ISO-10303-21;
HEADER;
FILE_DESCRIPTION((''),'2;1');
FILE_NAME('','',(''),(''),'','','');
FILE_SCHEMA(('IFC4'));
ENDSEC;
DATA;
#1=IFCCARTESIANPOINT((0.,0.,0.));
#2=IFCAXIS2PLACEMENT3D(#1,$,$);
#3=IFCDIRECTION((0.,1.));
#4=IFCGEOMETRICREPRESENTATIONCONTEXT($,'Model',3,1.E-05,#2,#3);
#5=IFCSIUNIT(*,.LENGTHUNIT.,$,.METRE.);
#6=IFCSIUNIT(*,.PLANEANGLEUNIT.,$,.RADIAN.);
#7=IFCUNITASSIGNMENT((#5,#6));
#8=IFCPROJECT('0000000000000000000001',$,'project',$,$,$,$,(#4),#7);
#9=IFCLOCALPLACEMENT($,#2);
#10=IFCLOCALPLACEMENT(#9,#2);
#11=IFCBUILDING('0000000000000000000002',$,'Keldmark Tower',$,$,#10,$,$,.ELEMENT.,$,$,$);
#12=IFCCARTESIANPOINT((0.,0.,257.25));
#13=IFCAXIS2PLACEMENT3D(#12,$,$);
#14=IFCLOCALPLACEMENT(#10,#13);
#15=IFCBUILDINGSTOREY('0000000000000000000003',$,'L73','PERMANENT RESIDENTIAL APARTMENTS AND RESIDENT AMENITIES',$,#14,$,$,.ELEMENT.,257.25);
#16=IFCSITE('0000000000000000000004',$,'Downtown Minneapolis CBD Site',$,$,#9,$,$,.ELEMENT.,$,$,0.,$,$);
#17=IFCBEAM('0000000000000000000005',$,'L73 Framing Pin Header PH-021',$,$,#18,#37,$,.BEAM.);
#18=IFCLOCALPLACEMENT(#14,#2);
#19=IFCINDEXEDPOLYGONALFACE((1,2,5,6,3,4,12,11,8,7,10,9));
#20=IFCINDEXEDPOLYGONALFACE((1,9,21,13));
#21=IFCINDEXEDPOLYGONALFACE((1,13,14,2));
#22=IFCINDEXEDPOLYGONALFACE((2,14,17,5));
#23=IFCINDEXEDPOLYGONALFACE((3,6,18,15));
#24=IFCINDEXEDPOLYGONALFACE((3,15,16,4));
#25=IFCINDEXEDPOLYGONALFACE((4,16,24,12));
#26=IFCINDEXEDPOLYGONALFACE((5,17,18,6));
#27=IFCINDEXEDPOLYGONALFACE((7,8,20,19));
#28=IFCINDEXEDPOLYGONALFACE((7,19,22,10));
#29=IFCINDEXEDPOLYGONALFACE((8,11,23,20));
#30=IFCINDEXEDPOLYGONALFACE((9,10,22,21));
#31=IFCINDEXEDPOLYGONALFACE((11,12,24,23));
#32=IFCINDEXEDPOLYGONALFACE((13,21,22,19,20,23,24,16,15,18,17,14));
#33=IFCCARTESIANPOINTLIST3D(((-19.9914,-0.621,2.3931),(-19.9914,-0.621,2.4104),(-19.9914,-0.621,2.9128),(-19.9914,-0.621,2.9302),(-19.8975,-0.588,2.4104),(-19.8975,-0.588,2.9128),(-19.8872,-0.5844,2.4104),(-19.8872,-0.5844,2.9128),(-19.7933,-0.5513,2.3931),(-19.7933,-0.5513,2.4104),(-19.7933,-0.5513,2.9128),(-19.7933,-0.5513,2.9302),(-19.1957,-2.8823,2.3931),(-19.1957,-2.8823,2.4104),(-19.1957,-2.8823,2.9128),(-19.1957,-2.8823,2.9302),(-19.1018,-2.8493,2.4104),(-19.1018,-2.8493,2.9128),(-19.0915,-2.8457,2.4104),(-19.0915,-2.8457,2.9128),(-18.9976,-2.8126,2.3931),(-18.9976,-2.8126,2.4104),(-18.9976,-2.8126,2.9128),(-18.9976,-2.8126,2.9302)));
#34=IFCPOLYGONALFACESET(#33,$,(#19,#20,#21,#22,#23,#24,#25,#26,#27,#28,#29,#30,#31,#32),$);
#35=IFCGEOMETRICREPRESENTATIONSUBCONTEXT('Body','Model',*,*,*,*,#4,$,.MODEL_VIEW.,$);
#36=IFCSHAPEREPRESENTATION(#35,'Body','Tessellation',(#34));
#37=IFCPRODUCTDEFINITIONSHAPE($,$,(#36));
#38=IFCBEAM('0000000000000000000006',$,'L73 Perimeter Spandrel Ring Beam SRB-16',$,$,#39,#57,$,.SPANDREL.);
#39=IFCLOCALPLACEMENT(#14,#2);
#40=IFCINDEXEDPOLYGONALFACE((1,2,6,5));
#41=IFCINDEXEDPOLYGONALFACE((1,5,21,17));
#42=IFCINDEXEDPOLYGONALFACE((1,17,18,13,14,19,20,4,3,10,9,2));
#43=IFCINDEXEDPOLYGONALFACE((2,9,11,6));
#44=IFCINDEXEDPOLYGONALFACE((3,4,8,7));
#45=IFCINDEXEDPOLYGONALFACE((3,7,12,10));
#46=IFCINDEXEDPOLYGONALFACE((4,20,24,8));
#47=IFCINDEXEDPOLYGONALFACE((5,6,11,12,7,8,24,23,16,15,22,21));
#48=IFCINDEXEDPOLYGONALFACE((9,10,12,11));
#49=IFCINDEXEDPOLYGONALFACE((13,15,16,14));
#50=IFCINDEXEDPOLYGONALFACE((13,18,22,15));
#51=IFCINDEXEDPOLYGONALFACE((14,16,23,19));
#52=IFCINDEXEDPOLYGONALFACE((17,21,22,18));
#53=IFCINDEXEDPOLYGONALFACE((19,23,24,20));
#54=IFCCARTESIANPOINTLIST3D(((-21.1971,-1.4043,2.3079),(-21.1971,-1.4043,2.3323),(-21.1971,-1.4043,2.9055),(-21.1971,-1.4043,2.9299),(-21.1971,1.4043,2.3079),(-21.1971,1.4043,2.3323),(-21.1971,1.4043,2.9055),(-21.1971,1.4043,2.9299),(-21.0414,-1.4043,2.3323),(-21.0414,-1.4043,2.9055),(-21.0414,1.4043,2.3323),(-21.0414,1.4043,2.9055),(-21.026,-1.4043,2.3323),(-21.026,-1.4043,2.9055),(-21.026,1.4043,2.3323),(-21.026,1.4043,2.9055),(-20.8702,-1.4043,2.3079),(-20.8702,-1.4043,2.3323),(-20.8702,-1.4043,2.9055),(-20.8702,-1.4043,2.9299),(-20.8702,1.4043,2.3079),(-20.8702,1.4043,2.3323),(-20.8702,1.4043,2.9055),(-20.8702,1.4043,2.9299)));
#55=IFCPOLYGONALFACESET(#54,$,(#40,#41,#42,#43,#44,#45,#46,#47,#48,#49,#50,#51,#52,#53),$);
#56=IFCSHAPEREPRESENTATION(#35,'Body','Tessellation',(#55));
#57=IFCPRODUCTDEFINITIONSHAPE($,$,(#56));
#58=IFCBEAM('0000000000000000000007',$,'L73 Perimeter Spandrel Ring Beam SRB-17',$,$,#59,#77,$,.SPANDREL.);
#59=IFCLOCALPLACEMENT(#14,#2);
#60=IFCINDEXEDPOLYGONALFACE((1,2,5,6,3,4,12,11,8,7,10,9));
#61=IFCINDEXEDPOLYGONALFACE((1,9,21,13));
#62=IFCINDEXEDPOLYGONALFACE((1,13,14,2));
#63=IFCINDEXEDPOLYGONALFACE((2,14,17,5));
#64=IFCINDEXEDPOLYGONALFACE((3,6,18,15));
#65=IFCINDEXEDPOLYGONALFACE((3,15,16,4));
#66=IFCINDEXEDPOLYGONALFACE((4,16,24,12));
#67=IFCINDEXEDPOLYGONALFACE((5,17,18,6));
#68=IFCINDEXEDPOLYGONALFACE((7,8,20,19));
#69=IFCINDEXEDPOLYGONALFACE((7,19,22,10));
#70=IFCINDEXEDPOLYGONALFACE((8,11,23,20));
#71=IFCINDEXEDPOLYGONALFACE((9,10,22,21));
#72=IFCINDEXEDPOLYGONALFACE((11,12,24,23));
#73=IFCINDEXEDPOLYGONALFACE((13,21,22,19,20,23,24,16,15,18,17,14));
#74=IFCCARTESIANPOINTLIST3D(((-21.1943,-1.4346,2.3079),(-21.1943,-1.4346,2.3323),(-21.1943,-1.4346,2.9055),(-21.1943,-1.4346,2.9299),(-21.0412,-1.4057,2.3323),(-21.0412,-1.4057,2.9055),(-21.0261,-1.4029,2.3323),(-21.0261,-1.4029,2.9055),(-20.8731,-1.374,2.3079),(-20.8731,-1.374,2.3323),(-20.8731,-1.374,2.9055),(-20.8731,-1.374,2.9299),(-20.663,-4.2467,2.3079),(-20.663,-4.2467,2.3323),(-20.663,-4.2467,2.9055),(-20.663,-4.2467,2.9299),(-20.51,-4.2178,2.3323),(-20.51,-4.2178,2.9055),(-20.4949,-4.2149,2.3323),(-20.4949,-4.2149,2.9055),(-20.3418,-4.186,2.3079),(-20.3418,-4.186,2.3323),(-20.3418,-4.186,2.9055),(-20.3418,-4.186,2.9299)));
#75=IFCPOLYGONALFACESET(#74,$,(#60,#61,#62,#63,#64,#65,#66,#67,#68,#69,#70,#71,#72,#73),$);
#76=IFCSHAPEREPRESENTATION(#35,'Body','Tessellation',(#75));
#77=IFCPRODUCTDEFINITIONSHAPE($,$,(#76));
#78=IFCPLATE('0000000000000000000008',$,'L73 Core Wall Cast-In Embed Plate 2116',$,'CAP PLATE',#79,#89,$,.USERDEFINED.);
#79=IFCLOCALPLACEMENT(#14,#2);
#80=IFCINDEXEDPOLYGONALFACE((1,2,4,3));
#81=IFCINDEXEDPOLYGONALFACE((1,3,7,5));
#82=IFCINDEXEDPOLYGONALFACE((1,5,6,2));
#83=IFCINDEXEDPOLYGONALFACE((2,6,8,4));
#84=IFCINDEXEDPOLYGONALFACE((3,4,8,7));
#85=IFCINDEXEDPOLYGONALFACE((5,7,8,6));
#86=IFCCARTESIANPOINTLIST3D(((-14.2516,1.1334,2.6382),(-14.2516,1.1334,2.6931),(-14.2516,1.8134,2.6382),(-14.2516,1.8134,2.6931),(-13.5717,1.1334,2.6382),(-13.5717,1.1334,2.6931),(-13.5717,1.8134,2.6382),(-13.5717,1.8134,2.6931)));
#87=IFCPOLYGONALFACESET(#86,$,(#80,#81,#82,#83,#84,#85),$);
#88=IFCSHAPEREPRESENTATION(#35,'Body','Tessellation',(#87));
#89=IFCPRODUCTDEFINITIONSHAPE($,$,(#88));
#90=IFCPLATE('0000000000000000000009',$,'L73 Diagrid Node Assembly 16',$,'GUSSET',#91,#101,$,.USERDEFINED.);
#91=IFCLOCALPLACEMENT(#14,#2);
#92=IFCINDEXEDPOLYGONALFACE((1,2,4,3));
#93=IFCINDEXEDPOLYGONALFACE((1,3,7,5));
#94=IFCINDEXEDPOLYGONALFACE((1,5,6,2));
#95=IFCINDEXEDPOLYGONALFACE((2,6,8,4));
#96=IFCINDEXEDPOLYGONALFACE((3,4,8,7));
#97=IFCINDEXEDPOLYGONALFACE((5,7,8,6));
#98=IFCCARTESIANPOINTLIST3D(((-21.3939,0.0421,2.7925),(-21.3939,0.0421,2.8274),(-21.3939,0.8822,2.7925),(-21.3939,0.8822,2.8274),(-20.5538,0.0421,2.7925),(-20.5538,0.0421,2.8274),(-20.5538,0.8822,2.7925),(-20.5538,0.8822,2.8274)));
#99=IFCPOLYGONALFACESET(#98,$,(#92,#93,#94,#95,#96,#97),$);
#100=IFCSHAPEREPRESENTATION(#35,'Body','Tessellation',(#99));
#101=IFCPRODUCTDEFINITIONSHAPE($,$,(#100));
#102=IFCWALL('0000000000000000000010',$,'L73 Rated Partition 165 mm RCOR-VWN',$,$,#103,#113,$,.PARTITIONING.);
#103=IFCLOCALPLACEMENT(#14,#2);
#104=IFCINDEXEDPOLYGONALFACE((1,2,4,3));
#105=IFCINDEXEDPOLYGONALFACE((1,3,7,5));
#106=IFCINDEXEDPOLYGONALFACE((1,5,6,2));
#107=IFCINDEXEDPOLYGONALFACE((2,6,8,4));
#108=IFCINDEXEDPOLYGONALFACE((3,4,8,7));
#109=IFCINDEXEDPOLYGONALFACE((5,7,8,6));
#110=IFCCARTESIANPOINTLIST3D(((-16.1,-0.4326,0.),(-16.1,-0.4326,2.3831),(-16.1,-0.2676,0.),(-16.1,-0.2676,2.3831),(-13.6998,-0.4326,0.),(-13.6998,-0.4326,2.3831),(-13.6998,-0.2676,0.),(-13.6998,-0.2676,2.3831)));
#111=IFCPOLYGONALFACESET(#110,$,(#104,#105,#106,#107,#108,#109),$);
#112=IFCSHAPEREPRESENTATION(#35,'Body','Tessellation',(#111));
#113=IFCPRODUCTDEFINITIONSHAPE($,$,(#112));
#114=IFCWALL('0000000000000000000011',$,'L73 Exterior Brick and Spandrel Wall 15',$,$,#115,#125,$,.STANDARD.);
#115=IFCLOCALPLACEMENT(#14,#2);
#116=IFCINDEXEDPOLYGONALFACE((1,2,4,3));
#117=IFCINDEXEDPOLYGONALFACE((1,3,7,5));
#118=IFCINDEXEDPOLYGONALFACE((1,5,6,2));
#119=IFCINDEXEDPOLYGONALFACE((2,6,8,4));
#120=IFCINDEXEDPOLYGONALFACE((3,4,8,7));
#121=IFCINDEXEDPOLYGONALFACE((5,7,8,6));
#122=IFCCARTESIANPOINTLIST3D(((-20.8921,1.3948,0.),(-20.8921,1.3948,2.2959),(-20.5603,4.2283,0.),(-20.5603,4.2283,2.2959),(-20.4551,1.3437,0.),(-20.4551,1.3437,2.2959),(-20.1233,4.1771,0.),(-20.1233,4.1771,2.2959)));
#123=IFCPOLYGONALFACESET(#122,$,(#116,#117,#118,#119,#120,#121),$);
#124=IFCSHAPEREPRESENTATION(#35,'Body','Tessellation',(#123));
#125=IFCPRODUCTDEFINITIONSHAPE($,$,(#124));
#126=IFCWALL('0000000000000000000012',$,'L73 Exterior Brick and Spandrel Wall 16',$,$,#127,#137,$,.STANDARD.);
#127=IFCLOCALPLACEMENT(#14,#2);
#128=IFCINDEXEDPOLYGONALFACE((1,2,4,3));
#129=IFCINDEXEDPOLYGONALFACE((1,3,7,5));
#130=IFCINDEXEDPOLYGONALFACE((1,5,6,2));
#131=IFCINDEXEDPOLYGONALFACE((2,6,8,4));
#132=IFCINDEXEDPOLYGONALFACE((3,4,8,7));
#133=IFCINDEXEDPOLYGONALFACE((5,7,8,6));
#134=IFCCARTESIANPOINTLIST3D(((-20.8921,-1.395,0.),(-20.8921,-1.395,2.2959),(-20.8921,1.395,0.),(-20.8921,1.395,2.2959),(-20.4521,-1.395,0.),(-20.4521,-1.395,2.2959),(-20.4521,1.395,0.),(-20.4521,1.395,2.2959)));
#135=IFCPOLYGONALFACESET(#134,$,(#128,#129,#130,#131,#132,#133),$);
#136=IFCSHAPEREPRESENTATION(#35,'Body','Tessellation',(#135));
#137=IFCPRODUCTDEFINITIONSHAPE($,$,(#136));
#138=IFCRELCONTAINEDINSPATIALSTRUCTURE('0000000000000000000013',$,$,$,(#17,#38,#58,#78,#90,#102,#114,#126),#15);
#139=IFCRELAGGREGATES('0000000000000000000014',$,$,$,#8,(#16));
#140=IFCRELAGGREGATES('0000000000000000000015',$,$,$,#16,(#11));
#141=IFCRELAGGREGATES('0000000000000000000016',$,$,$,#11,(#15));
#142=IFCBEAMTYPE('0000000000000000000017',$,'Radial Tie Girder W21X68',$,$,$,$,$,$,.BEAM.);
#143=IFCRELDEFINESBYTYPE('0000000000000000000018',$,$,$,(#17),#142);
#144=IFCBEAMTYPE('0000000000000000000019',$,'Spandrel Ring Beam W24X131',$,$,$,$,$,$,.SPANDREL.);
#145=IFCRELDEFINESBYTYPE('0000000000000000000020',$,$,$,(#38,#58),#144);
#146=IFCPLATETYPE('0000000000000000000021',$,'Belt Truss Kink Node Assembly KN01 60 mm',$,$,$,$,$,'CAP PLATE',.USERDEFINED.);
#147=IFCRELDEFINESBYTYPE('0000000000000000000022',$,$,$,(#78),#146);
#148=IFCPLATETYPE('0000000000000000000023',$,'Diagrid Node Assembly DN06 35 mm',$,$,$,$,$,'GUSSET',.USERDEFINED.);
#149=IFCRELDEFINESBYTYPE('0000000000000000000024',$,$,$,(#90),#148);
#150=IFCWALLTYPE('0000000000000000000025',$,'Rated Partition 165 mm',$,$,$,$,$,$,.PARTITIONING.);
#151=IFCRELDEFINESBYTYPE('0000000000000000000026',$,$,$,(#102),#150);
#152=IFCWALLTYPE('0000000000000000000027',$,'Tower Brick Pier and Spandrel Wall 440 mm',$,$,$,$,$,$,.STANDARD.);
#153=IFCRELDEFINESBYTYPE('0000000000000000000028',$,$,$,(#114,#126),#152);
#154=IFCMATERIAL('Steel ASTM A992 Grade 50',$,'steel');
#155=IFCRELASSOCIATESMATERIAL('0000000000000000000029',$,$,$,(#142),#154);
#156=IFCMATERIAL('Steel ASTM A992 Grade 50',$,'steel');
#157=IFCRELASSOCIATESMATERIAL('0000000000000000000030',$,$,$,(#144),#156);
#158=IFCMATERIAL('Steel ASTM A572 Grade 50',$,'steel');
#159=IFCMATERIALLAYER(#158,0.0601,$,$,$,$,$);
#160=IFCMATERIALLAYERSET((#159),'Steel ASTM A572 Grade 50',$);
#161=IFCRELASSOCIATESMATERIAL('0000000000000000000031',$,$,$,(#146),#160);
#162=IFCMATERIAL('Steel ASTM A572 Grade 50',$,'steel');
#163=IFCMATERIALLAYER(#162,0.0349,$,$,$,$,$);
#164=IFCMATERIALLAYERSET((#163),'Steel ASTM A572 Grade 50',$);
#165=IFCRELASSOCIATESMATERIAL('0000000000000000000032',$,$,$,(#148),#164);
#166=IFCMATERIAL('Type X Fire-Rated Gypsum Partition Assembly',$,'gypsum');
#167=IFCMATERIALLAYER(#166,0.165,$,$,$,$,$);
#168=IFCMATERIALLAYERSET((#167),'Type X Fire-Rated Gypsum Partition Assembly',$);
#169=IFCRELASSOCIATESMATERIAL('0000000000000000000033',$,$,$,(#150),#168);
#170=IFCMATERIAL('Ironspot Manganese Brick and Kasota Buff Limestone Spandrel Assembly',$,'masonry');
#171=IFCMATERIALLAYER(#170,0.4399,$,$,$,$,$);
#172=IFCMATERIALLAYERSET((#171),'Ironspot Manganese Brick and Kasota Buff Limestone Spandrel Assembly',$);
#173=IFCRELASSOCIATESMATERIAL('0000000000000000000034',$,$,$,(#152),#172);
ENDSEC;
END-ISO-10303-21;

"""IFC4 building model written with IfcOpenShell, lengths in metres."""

from ifc_helpers import new_model, si_unit, direction, frame, frame_2d, origin, origin_2d, place, context, subcontext, project, spatial, rectangle, i_section, extrude, material, layer, layer_set, material_profile, profile_set, type_object, element, save


model = new_model("IFC4")

# Units and contexts
model_context = context("Model", 3, precision=1e-05, world=origin(), true_north=direction((0.0, 1.0)))
body_context = subcontext(model_context, "Body", "Model", "MODEL_VIEW")
ifc_project = project(units=[si_unit("LENGTHUNIT", "METRE"), si_unit("PLANEANGLEUNIT", "RADIAN")], contexts=[model_context])

# Site, building, storey
site_placement = place(None, origin())
site = spatial("IfcSite", under=ifc_project, at=site_placement, Name="Downtown Minneapolis CBD Site", CompositionType="ELEMENT", RefElevation=0.0)
building_placement = place(site_placement, origin())
building = spatial("IfcBuilding", under=site, at=building_placement, Name="Keldmark Tower", CompositionType="ELEMENT")
storey_placement = place(building_placement, frame((0.0, 0.0, 257.25)))
storey = spatial("IfcBuildingStorey", under=building, at=storey_placement, Name="L73", Description="PERMANENT RESIDENTIAL APARTMENTS AND RESIDENT AMENITIES", CompositionType="ELEMENT", Elevation=257.25)

# Beams
ifc_material_1 = material(Name="Steel ASTM A992 Grade 50", Category="steel")
ifc_material_profile_1 = material_profile(ifc_material_1, i_section(OverallWidth=0.21, OverallDepth=0.5371, WebThickness=0.011, FlangeThickness=0.0173, at=origin_2d()), Name="W21X68")
ifc_profile_set_1 = profile_set([ifc_material_profile_1], Name="Steel ASTM A992 Grade 50")
beam_type_1 = type_object("IfcBeamType", Name="Radial Tie Girder W21X68", PredefinedType="BEAM", material=ifc_profile_set_1)
beam_1_placement = place(storey_placement, frame((-19.8923, -0.5862, 2.6616), z_axis=(0.33192, -0.943308, 0.0), x_axis=(0.943308, 0.33192, 0.0)))
element("IfcBeam", 1, at=beam_1_placement, inside=storey, type_object=beam_type_1, Name="L73 Framing Pin Header PH-021", PredefinedType="BEAM", context=body_context, shape_type="SweptSolid", body=[
    extrude(i_section(OverallWidth=0.21, OverallDepth=0.5371, WebThickness=0.011, FlangeThickness=0.0173, at=origin_2d()), origin(), (0.0, 0.0, 1.0), 2.3972),
])
ifc_material_2 = material(Name="Steel ASTM A992 Grade 50", Category="steel")
ifc_material_profile_2 = material_profile(ifc_material_2, i_section(OverallWidth=0.3269, OverallDepth=0.6221, WebThickness=0.0154, FlangeThickness=0.0244, at=origin_2d()), Name="W24X131")
ifc_profile_set_2 = profile_set([ifc_material_profile_2], Name="Steel ASTM A992 Grade 50")
beam_type_2 = type_object("IfcBeamType", Name="Spandrel Ring Beam W24X131", PredefinedType="SPANDREL", material=ifc_profile_set_2)
beam_2_placement = place(storey_placement, frame((-21.0337, 1.4043, 2.6189), z_axis=(0.0, -1.0, 0.0), x_axis=(1.0, 0.0, 0.0)))
element("IfcBeam", 2, at=beam_2_placement, inside=storey, type_object=beam_type_2, Name="L73 Perimeter Spandrel Ring Beam SRB-16", PredefinedType="SPANDREL", context=body_context, shape_type="SweptSolid", body=[
    extrude(i_section(OverallWidth=0.3269, OverallDepth=0.6221, WebThickness=0.0154, FlangeThickness=0.0244, at=origin_2d()), origin(), (0.0, 0.0, 1.0), 2.8086),
])
beam_3_placement = place(storey_placement, frame((-21.0337, -1.4043, 2.6189), z_axis=(0.185638, -0.982618, 0.0), x_axis=(0.982618, 0.185638, 0.0)))
element("IfcBeam", 3, at=beam_3_placement, inside=storey, type_object=beam_type_2, Name="L73 Perimeter Spandrel Ring Beam SRB-17", PredefinedType="SPANDREL", context=body_context, shape_type="SweptSolid", body=[
    extrude(i_section(OverallWidth=0.3269, OverallDepth=0.6221, WebThickness=0.0154, FlangeThickness=0.0244, at=origin_2d()), origin(), (0.0, 0.0, 1.0), 2.8618),
])

# Plates
ifc_material_3 = material(Name="Steel ASTM A572 Grade 50", Category="steel")
ifc_layer_1 = layer(ifc_material_3, 0.0601)
ifc_layer_set_1 = layer_set([ifc_layer_1], Name="Steel ASTM A572 Grade 50")
plate_type_1 = type_object("IfcPlateType", Name="Belt Truss Kink Node Assembly KN01 60 mm", ElementType="CAP PLATE", PredefinedType="USERDEFINED", material=ifc_layer_set_1)
plate_1_placement = place(storey_placement, frame((-13.9116, 1.4734, 2.6382), z_axis=(0.0, 0.0, 1.0), x_axis=(1.0, 0.0, 0.0)))
element("IfcPlate", 4, at=plate_1_placement, inside=storey, type_object=plate_type_1, Name="L73 Core Wall Cast-In Embed Plate 2116", ObjectType="CAP PLATE", PredefinedType="USERDEFINED", context=body_context, shape_type="SweptSolid", body=[
    extrude(rectangle(XDim=0.6799, YDim=0.6799, at=origin_2d()), origin(), (0.0, 0.0, 1.0), 0.0549),
])
ifc_material_4 = material(Name="Steel ASTM A572 Grade 50", Category="steel")
ifc_layer_2 = layer(ifc_material_4, 0.0349)
ifc_layer_set_2 = layer_set([ifc_layer_2], Name="Steel ASTM A572 Grade 50")
plate_type_2 = type_object("IfcPlateType", Name="Diagrid Node Assembly DN06 35 mm", ElementType="GUSSET", PredefinedType="USERDEFINED", material=ifc_layer_set_2)
plate_2_placement = place(storey_placement, frame((-20.9739, 0.4622, 2.7925), z_axis=(0.0, 0.0, 1.0), x_axis=(0.0, -1.0, 0.0)))
element("IfcPlate", 5, at=plate_2_placement, inside=storey, type_object=plate_type_2, Name="L73 Diagrid Node Assembly 16", ObjectType="GUSSET", PredefinedType="USERDEFINED", context=body_context, shape_type="SweptSolid", body=[
    extrude(rectangle(XDim=0.8401, YDim=0.8401, at=origin_2d()), origin(), (0.0, 0.0, 1.0), 0.0349),
])

# Walls
ifc_material_5 = material(Name="Type X Fire-Rated Gypsum Partition Assembly", Category="gypsum")
ifc_layer_3 = layer(ifc_material_5, 0.165)
ifc_layer_set_3 = layer_set([ifc_layer_3], Name="Type X Fire-Rated Gypsum Partition Assembly")
wall_type_1 = type_object("IfcWallType", Name="Rated Partition 165 mm", PredefinedType="PARTITIONING", material=ifc_layer_set_3)
wall_1_placement = place(storey_placement, frame((-16.1001, -0.3501, 0.0), z_axis=(0.0, 0.0, 1.0), x_axis=(1.0, 0.0, 0.0)))
element("IfcWall", 6, at=wall_1_placement, inside=storey, type_object=wall_type_1, Name="L73 Rated Partition 165 mm RCOR-VWN", PredefinedType="PARTITIONING", context=body_context, shape_type="SweptSolid", body=[
    extrude(rectangle(XDim=2.4001, YDim=0.165, at=frame_2d((1.2002, 0.0))), origin(), (0.0, 0.0, 1.0), 2.3831),
])
ifc_material_6 = material(Name="Ironspot Manganese Brick and Kasota Buff Limestone Spandrel Assembly", Category="masonry")
ifc_layer_4 = layer(ifc_material_6, 0.4399)
ifc_layer_set_4 = layer_set([ifc_layer_4], Name="Ironspot Manganese Brick and Kasota Buff Limestone Spandrel Assembly")
wall_type_2 = type_object("IfcWallType", Name="Tower Brick Pier and Spandrel Wall 440 mm", PredefinedType="STANDARD", material=ifc_layer_set_4)
wall_2_placement = place(storey_placement, frame((-20.6736, 1.3694, 0.0), z_axis=(0.0, 0.0, 1.0), x_axis=(0.1163, 0.993214, 0.0)))
element("IfcWall", 7, at=wall_2_placement, inside=storey, type_object=wall_type_2, Name="L73 Exterior Brick and Spandrel Wall 15", PredefinedType="STANDARD", context=body_context, shape_type="SweptSolid", body=[
    extrude(rectangle(XDim=2.8528, YDim=0.4399, at=frame_2d((1.4263, 0.0))), origin(), (0.0, 0.0, 1.0), 2.2959),
])
wall_3_placement = place(storey_placement, frame((-20.6721, -1.395, 0.0), z_axis=(0.0, 0.0, 1.0), x_axis=(0.0, 1.0, 0.0)))
element("IfcWall", 8, at=wall_3_placement, inside=storey, type_object=wall_type_2, Name="L73 Exterior Brick and Spandrel Wall 16", PredefinedType="STANDARD", context=body_context, shape_type="SweptSolid", body=[
    extrude(rectangle(XDim=2.79, YDim=0.4399, at=frame_2d((1.395, 0.0))), origin(), (0.0, 0.0, 1.0), 2.2959),
])

save(model, "model.ifc")
